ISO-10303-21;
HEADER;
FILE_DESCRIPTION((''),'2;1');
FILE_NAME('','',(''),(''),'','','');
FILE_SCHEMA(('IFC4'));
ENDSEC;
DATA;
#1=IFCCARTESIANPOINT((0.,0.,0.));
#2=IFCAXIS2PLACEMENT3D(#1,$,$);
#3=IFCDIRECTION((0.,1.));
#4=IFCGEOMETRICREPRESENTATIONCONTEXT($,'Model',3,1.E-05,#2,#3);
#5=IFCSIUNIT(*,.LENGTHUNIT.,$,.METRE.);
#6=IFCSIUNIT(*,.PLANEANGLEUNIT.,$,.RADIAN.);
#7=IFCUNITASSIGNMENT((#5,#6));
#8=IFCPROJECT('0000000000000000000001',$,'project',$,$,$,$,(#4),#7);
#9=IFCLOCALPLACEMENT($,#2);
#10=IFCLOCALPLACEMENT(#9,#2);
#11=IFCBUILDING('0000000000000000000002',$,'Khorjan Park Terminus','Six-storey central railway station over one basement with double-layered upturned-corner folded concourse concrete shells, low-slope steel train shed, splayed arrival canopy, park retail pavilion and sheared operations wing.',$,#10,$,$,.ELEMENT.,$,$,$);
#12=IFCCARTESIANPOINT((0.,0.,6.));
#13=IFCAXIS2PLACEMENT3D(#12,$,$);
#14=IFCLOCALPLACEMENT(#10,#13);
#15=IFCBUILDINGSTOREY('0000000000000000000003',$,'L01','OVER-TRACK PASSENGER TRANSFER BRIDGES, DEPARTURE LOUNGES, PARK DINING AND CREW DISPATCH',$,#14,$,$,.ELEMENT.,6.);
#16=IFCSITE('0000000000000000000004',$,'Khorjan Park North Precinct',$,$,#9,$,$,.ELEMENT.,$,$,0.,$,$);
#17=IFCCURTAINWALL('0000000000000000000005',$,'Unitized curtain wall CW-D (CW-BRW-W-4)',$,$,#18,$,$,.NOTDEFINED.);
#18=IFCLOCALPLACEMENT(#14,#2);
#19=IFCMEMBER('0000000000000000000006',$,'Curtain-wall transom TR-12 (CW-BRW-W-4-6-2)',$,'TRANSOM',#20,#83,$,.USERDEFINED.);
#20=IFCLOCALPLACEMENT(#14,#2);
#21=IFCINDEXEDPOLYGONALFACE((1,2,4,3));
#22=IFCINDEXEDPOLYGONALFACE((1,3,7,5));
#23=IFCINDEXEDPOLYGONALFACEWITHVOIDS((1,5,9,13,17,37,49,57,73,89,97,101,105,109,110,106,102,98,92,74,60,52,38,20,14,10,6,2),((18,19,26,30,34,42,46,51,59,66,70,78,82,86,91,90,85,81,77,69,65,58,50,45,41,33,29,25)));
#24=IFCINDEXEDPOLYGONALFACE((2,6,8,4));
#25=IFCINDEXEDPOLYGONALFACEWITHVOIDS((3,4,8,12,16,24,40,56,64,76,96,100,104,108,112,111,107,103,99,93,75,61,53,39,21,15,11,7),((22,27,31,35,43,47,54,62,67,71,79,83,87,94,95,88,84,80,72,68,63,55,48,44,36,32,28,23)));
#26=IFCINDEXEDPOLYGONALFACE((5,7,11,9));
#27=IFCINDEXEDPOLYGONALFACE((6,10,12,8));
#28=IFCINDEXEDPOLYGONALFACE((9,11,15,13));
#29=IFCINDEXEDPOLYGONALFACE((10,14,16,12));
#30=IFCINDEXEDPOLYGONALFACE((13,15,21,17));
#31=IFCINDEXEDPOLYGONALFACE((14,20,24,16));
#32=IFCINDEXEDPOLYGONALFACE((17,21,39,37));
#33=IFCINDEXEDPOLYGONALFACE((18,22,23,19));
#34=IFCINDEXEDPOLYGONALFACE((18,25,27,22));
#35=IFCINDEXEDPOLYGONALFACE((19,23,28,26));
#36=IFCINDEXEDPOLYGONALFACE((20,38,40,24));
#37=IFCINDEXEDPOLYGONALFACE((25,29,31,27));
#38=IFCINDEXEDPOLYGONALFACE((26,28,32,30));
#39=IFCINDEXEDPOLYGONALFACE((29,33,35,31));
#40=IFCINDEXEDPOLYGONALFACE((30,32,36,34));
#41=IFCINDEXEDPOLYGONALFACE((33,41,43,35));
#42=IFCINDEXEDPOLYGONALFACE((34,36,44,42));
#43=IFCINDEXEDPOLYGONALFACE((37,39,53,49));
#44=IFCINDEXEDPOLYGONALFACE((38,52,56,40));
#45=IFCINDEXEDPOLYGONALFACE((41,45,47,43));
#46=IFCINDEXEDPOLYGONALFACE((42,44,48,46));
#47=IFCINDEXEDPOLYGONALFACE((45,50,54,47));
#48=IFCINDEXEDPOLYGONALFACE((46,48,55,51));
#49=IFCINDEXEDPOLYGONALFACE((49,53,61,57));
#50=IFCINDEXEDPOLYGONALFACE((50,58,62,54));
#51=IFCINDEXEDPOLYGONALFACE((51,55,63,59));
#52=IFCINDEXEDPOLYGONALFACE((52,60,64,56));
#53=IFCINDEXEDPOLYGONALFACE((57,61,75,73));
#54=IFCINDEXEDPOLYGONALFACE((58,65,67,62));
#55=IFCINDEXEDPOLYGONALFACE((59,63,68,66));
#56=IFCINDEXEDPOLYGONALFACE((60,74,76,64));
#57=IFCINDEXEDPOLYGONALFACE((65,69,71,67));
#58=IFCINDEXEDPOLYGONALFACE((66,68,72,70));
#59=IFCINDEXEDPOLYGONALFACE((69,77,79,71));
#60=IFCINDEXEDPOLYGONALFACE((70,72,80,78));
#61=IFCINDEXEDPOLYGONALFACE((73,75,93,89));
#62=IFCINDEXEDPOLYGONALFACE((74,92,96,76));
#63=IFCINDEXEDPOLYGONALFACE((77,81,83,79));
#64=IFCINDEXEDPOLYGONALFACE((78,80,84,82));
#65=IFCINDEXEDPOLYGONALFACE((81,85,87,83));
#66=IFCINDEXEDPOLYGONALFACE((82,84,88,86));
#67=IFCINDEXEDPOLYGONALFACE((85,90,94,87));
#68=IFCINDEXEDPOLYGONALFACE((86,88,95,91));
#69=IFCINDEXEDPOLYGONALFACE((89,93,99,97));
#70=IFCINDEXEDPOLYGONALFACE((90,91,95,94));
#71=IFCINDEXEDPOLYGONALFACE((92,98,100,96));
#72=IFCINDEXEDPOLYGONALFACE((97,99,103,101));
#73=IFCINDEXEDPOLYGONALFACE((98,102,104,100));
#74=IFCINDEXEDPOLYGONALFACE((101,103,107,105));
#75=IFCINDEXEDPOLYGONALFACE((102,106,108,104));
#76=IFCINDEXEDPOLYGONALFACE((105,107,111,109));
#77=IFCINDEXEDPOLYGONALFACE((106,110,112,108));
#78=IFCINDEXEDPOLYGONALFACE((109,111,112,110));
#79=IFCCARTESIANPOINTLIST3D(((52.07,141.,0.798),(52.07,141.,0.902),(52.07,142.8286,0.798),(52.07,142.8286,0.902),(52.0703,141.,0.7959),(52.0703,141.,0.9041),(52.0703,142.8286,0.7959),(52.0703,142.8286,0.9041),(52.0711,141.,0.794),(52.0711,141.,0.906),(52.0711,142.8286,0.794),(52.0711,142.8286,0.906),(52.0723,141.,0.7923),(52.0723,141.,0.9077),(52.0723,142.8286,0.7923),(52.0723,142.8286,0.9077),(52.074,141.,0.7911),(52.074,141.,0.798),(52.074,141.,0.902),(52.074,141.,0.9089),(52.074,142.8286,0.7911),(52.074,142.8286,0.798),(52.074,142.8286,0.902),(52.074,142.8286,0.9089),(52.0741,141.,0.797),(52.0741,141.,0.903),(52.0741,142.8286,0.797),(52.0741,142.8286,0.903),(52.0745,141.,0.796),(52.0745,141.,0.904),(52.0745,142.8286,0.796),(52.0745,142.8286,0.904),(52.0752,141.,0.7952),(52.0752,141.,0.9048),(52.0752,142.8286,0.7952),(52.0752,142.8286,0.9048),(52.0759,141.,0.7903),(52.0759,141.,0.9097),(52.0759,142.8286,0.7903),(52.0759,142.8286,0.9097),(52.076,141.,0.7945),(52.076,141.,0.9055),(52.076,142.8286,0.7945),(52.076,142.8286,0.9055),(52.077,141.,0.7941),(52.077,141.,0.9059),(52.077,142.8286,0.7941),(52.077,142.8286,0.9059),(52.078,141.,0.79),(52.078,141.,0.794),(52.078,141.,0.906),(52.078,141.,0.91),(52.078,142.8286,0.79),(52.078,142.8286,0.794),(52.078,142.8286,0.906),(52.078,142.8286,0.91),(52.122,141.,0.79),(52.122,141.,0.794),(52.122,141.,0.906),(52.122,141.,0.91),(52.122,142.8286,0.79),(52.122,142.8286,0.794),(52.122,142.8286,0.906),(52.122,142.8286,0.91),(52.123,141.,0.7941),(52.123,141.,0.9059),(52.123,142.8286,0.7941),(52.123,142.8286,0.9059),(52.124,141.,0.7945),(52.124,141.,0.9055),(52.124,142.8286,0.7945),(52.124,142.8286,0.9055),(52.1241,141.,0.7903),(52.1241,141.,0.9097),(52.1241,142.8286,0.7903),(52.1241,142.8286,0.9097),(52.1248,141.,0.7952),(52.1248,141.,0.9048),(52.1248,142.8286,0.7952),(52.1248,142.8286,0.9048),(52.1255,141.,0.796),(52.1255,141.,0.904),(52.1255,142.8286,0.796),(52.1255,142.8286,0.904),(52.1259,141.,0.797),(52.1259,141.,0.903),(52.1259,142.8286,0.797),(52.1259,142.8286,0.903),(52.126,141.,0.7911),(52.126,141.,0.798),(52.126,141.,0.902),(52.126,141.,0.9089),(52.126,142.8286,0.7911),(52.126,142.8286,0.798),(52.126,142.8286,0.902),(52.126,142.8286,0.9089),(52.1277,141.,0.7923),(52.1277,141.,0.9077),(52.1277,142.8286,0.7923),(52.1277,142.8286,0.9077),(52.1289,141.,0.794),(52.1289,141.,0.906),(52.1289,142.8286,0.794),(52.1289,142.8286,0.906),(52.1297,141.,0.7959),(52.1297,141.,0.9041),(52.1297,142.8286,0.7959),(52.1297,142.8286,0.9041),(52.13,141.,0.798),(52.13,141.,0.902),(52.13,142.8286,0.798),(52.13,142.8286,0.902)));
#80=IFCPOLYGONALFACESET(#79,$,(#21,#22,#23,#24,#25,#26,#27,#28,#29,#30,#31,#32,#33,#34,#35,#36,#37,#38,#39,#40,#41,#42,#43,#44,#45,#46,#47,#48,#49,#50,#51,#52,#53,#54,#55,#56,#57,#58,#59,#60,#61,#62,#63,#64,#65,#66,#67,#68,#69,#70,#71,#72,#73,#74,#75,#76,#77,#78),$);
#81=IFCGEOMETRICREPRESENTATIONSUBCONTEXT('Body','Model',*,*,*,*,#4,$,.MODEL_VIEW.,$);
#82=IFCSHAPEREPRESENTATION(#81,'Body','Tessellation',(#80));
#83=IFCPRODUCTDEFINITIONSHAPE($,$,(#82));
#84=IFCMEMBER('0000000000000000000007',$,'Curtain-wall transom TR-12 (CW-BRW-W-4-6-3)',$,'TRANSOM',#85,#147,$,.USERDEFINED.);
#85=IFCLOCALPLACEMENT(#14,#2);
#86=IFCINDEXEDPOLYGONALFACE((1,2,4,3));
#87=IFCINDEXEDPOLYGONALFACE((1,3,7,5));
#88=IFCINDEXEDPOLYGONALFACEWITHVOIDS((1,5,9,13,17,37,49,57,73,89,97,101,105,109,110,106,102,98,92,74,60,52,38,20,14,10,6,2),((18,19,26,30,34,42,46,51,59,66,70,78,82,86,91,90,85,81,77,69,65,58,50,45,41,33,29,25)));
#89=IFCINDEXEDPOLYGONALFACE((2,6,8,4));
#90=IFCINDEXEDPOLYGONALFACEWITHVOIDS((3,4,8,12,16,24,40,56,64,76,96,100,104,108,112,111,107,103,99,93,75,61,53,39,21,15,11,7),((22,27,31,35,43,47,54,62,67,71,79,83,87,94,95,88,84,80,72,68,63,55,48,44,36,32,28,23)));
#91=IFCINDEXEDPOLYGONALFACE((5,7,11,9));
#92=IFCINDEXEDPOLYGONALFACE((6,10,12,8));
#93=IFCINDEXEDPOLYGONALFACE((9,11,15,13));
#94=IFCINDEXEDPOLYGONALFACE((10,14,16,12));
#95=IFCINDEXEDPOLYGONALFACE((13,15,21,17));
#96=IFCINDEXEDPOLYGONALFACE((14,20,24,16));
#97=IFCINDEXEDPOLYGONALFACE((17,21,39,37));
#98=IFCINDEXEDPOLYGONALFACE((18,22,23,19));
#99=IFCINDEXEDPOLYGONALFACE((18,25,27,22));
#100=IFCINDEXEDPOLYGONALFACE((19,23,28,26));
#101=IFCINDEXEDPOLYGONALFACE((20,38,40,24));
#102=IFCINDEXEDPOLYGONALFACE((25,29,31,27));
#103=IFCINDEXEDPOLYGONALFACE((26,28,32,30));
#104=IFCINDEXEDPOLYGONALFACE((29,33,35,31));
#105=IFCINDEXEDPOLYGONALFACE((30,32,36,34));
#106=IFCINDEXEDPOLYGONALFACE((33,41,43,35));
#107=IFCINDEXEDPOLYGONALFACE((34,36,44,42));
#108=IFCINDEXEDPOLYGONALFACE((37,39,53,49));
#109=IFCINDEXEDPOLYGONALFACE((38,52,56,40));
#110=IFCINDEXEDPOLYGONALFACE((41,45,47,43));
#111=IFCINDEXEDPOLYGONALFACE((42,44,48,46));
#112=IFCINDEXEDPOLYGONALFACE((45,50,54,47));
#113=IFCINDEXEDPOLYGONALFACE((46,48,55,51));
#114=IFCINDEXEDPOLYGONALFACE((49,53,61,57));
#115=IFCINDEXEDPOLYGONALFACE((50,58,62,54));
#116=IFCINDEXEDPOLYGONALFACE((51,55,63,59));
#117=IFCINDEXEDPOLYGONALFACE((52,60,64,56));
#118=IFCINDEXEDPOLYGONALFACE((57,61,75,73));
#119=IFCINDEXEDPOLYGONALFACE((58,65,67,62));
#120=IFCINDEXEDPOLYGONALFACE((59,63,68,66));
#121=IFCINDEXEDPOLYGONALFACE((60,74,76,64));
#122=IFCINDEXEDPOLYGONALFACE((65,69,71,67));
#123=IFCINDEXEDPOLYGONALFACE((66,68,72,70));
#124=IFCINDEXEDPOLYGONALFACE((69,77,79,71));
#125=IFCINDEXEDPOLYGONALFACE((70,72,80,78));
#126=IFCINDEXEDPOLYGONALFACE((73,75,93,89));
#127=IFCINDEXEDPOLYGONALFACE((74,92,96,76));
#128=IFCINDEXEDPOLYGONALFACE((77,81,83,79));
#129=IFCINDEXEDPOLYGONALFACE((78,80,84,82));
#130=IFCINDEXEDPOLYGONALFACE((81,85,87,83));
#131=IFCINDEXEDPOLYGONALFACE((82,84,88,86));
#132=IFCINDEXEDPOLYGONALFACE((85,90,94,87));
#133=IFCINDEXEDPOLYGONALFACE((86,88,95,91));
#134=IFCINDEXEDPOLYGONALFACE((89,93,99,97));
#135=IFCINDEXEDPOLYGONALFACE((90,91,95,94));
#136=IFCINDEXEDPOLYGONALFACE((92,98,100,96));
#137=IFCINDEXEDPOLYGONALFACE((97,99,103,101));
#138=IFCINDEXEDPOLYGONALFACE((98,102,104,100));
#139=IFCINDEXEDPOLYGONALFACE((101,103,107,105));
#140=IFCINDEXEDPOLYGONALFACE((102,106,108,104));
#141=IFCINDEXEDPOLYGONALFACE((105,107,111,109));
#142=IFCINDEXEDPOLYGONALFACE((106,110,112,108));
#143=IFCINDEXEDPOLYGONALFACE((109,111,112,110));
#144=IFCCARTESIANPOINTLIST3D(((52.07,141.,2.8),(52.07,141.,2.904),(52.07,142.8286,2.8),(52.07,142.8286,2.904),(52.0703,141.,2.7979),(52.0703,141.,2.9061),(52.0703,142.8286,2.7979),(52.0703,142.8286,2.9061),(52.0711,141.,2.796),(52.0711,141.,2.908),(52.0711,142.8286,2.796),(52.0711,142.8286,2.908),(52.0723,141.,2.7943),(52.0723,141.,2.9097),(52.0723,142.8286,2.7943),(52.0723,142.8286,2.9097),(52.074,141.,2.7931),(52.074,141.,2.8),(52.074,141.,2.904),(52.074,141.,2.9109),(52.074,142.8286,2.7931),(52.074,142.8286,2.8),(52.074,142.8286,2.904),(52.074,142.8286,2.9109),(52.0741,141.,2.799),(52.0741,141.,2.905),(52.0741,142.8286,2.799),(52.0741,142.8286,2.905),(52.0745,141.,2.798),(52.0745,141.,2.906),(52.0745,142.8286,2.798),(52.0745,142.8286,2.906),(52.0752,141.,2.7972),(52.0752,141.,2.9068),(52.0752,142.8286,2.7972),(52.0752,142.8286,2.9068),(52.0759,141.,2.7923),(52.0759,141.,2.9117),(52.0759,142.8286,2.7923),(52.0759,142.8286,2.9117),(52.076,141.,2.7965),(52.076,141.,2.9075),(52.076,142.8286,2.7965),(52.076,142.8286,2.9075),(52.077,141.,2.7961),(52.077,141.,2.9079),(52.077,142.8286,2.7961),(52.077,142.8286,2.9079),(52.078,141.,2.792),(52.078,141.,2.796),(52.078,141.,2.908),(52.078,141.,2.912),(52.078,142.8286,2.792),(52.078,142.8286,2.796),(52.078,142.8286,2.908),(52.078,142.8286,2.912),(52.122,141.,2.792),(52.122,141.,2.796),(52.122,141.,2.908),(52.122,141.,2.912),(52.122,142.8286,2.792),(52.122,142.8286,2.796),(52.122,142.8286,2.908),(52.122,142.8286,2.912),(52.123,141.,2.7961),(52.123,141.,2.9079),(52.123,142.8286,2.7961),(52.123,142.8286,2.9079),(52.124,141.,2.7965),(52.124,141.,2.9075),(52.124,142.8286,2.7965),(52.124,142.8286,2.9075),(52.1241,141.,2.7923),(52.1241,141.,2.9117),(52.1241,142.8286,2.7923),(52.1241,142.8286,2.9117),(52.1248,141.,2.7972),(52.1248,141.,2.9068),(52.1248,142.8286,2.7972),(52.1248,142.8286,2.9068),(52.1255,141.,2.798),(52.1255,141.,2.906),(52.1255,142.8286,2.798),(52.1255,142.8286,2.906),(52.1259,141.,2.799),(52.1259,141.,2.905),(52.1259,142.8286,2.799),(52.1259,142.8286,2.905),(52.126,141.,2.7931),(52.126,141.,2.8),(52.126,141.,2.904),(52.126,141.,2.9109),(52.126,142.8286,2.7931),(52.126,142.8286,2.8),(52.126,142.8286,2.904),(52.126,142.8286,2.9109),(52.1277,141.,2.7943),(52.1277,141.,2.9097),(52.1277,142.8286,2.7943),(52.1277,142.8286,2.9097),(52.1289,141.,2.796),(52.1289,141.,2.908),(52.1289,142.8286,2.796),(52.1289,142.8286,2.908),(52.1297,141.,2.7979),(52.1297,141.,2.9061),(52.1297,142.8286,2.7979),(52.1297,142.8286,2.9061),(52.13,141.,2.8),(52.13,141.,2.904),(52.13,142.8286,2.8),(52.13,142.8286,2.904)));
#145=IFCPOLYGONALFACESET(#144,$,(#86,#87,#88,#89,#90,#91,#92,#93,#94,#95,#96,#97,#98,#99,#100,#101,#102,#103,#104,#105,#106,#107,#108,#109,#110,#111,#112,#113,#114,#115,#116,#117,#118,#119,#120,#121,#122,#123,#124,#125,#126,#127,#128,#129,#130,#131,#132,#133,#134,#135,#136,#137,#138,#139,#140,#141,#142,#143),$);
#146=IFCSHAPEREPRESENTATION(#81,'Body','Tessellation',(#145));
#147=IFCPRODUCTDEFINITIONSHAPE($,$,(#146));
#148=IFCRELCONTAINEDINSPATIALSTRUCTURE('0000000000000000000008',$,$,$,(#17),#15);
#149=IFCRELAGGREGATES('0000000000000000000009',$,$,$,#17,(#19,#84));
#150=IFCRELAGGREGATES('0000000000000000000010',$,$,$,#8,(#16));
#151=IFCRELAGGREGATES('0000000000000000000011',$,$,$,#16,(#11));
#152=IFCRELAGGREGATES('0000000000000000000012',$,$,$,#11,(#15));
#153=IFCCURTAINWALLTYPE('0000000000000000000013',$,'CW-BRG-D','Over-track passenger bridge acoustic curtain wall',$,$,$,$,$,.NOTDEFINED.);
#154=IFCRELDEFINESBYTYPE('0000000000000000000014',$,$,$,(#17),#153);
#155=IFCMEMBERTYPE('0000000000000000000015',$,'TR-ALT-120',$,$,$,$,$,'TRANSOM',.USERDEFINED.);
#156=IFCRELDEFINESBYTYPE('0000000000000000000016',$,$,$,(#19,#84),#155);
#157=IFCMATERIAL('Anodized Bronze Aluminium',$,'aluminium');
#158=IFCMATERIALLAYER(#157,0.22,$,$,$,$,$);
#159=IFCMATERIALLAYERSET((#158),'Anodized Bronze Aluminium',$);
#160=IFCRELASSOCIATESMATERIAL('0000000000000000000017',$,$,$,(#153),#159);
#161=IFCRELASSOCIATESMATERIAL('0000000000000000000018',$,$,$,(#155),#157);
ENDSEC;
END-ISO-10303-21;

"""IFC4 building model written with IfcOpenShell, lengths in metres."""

from ifc_helpers import new_model, si_unit, direction, frame, origin, origin_2d, place, context, subcontext, project, spatial, hollow_rectangle, extrude, material, layer, layer_set, material_profile, profile_set, type_object, element, aggregate, save


model = new_model("IFC4")

# Units and contexts
model_context = context("Model", 3, precision=1e-05, world=origin(), true_north=direction((0.0, 1.0)))
body_context = subcontext(model_context, "Body", "Model", "MODEL_VIEW")
ifc_project = project(units=[si_unit("LENGTHUNIT", "METRE"), si_unit("PLANEANGLEUNIT", "RADIAN")], contexts=[model_context])

# Site, building, storey
site_placement = place(None, origin())
site = spatial("IfcSite", under=ifc_project, at=site_placement, Name="Khorjan Park North Precinct", CompositionType="ELEMENT", RefElevation=0.0)
building_placement = place(site_placement, origin())
building = spatial("IfcBuilding", under=site, at=building_placement, Name="Khorjan Park Terminus", Description="Six-storey central railway station over one basement with double-layered upturned-corner folded concourse concrete shells, low-slope steel train shed, splayed arrival canopy, park retail pavilion and sheared operations wing.", CompositionType="ELEMENT")
storey_placement = place(building_placement, frame((0.0, 0.0, 6.0)))
storey = spatial("IfcBuildingStorey", under=building, at=storey_placement, Name="L01", Description="OVER-TRACK PASSENGER TRANSFER BRIDGES, DEPARTURE LOUNGES, PARK DINING AND CREW DISPATCH", CompositionType="ELEMENT", Elevation=6.0)

# Shared definitions
ifc_material_1 = material(Name="Anodized Bronze Aluminium", Category="aluminium")
ifc_layer_1 = layer(ifc_material_1, 0.22)
ifc_layer_set_1 = layer_set([ifc_layer_1], Name="Anodized Bronze Aluminium")
curtain_wall_type = type_object("IfcCurtainWallType", Name="CW-BRG-D", Description="Over-track passenger bridge acoustic curtain wall", PredefinedType="NOTDEFINED", material=ifc_layer_set_1)

# Curtain wall
curtain_wall_1_placement = place(storey_placement, origin())
curtain_wall_1 = element("IfcCurtainWall", 1, at=curtain_wall_1_placement, inside=storey, type_object=curtain_wall_type, Name="Unitized curtain wall CW-D (CW-BRW-W-4)", PredefinedType="NOTDEFINED")

# Members
ifc_material_profile_1 = material_profile(ifc_material_1, hollow_rectangle(XDim=0.06, YDim=0.12, WallThickness=0.004, InnerFilletRadius=0.004, OuterFilletRadius=0.008, at=origin_2d()), Name="ALT 60x120x4")
ifc_profile_set_1 = profile_set([ifc_material_profile_1], Name="Anodized Bronze Aluminium")
member_type_1 = type_object("IfcMemberType", Name="TR-ALT-120", ElementType="TRANSOM", PredefinedType="USERDEFINED", material=ifc_profile_set_1)
member_1_placement = place(storey_placement, frame((52.1, 142.8286, 0.85), z_axis=(0.0, -1.0, 0.0), x_axis=(1.0, 0.0, 0.0)))
member_1 = element("IfcMember", 2, at=member_1_placement, type_object=member_type_1, Name="Curtain-wall transom TR-12 (CW-BRW-W-4-6-2)", ObjectType="TRANSOM", PredefinedType="USERDEFINED", context=body_context, shape_type="SweptSolid", body=[
    extrude(hollow_rectangle(XDim=0.06, YDim=0.12, WallThickness=0.004, InnerFilletRadius=0.004, OuterFilletRadius=0.008, at=origin_2d()), origin(), (0.0, 0.0, 1.0), 1.8286),
])
member_2_placement = place(storey_placement, frame((52.1, 142.8286, 2.852), z_axis=(0.0, -1.0, 0.0), x_axis=(1.0, 0.0, 0.0)))
member_2 = element("IfcMember", 3, at=member_2_placement, type_object=member_type_1, Name="Curtain-wall transom TR-12 (CW-BRW-W-4-6-3)", ObjectType="TRANSOM", PredefinedType="USERDEFINED", context=body_context, shape_type="SweptSolid", body=[
    extrude(hollow_rectangle(XDim=0.06, YDim=0.12, WallThickness=0.004, InnerFilletRadius=0.004, OuterFilletRadius=0.008, at=origin_2d()), origin(), (0.0, 0.0, 1.0), 1.8286),
])

aggregate(curtain_wall_1, [member_1, member_2])

save(model, "model.ifc")
